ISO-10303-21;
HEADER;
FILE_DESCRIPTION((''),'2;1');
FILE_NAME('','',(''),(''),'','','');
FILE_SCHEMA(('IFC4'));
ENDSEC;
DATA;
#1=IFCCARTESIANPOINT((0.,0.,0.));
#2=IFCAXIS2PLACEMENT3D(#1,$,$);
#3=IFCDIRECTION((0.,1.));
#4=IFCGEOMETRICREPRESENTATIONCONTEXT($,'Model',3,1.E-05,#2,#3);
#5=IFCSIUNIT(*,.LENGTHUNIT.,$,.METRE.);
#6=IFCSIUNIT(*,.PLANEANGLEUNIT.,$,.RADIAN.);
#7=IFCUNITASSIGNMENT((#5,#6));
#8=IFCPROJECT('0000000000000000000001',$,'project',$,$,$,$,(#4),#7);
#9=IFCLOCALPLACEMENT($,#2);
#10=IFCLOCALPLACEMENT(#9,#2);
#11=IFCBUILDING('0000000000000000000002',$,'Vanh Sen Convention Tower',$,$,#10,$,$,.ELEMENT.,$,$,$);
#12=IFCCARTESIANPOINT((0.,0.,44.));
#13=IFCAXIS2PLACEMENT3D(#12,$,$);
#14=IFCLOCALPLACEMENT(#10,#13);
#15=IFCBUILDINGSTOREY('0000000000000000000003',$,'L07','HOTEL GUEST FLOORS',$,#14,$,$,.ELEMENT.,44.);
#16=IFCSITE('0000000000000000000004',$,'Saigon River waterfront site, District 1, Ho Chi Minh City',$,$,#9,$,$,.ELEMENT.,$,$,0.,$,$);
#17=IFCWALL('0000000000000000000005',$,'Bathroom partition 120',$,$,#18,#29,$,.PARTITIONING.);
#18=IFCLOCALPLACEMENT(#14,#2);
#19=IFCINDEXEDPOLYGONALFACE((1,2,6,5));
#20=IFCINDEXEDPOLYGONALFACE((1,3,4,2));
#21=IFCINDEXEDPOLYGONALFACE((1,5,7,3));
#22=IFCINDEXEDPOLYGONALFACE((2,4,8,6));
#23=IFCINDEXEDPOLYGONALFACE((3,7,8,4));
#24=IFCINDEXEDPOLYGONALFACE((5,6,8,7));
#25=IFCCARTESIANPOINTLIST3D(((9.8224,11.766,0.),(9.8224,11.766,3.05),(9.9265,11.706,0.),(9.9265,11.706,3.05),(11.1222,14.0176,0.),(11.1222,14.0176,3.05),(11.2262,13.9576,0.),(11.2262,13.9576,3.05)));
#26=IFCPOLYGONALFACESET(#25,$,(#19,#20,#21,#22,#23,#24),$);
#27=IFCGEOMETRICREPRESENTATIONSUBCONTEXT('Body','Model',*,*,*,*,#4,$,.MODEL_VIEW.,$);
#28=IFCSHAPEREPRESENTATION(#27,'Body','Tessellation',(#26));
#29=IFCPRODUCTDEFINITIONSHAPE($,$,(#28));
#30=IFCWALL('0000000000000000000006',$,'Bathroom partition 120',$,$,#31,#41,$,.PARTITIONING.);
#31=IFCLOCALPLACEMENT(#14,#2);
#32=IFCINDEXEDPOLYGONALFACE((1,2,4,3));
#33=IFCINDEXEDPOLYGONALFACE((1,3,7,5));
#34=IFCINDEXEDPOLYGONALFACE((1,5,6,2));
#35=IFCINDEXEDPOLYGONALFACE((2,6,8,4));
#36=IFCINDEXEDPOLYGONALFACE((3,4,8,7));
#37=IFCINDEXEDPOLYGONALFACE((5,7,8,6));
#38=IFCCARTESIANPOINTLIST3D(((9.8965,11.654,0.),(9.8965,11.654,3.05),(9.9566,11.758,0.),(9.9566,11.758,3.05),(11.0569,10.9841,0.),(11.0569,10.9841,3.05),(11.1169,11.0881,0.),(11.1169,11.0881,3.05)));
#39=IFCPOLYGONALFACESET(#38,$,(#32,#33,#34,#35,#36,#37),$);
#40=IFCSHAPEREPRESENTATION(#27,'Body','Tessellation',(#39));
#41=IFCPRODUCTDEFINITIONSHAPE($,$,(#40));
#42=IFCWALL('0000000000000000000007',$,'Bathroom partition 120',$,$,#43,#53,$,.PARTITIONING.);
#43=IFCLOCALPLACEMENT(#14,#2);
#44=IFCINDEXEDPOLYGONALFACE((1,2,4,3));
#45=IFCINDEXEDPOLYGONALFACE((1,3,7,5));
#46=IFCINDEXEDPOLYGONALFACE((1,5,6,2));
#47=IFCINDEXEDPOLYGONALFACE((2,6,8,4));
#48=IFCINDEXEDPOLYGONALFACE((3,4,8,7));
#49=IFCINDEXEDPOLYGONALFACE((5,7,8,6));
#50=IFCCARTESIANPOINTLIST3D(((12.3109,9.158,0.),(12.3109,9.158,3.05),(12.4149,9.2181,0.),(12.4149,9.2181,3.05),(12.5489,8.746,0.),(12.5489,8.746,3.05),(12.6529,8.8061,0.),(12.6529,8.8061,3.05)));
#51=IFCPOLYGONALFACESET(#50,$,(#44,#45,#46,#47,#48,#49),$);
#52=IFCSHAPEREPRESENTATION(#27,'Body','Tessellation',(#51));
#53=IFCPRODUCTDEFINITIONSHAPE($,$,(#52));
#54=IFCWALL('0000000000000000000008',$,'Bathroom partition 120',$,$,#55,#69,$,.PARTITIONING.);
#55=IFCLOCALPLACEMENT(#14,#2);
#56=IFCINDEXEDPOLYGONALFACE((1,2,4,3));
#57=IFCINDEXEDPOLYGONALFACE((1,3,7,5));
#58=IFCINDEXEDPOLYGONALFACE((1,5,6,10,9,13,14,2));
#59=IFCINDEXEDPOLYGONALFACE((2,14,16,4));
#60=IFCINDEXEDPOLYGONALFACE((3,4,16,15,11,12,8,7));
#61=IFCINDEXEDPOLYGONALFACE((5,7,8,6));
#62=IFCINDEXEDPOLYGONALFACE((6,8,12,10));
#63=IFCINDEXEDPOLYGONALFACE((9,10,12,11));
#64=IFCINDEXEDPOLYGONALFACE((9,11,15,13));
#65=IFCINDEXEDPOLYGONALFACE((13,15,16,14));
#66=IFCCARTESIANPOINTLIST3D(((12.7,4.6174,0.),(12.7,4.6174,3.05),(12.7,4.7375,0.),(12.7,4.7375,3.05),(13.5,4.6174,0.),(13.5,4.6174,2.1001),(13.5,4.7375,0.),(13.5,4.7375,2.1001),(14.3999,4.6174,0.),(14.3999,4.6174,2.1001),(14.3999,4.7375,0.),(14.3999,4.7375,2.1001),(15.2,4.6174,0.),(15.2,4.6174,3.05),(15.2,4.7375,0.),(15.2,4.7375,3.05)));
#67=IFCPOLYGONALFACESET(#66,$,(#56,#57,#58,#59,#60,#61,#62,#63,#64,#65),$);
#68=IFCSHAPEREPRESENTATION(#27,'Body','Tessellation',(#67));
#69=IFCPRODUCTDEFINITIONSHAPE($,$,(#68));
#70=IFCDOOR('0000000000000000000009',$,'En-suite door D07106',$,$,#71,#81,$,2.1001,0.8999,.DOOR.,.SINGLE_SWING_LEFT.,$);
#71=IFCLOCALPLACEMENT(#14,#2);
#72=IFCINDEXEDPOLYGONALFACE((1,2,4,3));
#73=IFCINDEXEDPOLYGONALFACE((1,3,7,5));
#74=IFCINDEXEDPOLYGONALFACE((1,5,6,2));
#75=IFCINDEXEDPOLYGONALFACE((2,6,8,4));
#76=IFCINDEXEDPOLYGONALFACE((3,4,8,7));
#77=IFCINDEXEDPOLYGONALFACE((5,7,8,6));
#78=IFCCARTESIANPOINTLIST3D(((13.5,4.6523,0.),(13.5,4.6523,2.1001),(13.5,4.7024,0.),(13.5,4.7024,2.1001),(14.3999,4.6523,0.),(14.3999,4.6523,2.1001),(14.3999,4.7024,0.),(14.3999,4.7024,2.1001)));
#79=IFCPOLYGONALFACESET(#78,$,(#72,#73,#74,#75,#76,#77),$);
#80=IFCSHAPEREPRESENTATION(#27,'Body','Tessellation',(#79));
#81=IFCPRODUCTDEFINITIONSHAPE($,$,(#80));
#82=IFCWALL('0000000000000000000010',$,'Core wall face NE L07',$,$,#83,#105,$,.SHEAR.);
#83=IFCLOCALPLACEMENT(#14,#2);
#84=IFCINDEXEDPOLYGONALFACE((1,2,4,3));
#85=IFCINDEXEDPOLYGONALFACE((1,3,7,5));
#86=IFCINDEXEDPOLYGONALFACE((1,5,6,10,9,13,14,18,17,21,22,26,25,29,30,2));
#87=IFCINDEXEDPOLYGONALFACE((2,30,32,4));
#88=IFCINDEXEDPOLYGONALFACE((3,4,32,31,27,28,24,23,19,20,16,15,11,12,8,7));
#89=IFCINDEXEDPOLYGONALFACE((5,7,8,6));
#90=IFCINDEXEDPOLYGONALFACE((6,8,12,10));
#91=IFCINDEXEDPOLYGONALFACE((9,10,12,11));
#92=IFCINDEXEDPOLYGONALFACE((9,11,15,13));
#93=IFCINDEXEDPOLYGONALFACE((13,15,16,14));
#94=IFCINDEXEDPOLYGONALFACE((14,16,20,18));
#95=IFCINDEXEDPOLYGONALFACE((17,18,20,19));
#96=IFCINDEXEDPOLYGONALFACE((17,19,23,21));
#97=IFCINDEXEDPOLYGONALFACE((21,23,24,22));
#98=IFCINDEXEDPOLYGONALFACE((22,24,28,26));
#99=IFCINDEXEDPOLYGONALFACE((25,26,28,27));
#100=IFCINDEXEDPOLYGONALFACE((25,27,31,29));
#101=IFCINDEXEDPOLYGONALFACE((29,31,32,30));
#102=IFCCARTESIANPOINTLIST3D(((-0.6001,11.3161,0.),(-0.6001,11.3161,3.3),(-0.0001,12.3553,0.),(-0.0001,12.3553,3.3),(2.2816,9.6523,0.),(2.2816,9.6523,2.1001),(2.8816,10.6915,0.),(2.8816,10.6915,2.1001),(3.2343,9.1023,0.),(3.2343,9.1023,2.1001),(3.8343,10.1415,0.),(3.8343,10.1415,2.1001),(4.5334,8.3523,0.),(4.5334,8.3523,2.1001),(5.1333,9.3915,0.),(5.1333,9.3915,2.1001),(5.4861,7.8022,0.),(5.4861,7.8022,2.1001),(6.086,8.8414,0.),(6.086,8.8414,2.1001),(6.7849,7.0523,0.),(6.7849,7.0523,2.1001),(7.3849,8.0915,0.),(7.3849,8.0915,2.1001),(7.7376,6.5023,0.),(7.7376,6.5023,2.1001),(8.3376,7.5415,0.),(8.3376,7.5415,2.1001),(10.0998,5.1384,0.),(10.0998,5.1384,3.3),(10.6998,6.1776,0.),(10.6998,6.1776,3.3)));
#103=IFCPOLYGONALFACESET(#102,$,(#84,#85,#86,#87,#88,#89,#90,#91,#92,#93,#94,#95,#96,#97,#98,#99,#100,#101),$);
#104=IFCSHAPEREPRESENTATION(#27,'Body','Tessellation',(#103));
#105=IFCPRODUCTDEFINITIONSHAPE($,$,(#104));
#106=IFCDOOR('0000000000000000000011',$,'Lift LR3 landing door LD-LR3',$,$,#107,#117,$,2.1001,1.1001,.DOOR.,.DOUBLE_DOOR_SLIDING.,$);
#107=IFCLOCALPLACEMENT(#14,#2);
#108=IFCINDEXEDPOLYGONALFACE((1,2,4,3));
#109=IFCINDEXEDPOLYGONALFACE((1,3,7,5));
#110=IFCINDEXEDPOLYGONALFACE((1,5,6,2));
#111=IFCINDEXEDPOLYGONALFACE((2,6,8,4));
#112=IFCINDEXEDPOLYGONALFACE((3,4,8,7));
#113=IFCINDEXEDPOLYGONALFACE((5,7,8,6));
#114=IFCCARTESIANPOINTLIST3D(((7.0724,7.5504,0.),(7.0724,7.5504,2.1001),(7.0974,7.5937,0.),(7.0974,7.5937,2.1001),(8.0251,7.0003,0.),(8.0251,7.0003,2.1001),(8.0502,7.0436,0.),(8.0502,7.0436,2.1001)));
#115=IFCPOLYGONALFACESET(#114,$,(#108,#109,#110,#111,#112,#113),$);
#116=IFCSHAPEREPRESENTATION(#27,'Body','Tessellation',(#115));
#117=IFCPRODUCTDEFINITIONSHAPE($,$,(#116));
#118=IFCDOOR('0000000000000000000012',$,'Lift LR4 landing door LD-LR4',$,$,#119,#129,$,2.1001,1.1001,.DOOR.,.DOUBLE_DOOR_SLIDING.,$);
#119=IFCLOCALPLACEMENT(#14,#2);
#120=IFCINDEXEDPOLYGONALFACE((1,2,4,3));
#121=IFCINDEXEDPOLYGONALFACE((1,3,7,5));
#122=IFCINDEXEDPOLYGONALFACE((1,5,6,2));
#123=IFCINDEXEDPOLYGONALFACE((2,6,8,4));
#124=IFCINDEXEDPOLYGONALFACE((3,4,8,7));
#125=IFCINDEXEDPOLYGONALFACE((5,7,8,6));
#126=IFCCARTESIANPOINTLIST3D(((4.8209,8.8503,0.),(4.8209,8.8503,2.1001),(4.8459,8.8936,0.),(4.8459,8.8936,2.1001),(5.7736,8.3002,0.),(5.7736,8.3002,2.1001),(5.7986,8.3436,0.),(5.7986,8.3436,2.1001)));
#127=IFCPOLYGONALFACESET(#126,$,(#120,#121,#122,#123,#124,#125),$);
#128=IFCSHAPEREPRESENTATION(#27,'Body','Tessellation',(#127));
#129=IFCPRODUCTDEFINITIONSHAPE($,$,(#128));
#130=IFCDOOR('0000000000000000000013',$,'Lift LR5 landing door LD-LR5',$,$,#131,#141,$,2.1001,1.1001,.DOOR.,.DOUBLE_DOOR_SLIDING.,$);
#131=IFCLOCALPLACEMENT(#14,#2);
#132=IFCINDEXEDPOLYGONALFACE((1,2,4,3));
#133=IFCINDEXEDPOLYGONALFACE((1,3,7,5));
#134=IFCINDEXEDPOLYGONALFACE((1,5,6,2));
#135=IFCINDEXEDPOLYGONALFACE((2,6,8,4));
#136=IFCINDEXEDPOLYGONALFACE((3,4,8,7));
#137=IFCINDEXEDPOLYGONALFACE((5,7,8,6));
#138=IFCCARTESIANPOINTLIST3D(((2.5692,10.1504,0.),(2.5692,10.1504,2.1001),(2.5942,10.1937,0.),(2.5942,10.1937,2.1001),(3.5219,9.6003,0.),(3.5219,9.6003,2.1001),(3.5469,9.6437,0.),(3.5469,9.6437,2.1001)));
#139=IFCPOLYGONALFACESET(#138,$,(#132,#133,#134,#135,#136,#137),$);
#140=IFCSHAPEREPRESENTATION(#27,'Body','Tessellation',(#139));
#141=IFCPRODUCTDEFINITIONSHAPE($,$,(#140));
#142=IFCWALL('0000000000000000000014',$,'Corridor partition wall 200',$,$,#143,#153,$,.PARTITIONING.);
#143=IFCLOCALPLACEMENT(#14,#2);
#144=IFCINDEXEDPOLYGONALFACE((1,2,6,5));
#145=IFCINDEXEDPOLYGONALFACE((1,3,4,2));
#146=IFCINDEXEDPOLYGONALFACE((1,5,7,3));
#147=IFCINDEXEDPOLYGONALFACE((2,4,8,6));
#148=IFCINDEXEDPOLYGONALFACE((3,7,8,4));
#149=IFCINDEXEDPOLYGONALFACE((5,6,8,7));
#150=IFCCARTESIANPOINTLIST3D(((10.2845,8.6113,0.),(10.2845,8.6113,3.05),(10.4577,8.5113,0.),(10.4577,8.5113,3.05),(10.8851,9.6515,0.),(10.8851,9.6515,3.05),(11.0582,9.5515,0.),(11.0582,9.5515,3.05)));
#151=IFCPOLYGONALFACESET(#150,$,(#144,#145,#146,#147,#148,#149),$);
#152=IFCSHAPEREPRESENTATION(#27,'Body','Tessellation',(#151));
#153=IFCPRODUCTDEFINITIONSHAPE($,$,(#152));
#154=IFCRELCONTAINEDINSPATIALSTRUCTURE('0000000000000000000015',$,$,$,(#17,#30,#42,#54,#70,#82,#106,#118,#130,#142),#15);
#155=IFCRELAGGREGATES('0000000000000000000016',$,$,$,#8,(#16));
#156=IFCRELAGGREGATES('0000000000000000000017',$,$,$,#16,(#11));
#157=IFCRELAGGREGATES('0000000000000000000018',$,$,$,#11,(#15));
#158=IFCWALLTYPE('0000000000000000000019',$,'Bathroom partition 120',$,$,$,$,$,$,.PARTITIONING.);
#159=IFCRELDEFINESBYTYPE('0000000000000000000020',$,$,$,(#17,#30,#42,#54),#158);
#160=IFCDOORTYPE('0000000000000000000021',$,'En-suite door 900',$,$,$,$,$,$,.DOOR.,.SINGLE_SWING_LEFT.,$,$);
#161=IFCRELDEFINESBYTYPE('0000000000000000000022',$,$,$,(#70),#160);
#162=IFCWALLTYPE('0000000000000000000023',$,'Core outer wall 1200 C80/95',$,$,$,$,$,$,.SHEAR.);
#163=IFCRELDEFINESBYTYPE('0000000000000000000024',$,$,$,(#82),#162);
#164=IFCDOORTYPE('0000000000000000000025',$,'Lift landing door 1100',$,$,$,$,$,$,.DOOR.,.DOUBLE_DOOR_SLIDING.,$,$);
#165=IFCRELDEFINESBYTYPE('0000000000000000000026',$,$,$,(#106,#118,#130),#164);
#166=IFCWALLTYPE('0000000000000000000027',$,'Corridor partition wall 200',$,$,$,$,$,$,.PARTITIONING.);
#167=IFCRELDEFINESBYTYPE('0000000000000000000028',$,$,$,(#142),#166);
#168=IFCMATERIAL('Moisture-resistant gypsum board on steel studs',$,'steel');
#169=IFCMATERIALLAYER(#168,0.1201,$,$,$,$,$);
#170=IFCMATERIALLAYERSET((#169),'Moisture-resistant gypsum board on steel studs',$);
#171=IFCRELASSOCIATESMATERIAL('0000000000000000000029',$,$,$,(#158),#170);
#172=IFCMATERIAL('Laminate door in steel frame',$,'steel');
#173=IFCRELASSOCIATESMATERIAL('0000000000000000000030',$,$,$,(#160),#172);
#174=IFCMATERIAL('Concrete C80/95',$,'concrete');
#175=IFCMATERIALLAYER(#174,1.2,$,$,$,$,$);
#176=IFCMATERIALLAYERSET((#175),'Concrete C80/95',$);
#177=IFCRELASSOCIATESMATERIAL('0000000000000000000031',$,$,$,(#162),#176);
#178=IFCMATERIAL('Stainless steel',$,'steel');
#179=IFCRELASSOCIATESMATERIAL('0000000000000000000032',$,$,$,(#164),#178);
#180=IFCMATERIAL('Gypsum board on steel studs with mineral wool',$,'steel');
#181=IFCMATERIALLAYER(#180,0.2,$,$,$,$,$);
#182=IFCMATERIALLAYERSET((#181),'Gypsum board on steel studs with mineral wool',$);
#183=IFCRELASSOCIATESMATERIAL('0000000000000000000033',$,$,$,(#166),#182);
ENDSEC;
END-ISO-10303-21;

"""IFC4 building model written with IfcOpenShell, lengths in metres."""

from ifc_helpers import new_model, si_unit, direction, frame, frame_2d, origin, place, context, subcontext, project, spatial, rectangle, extrude, material, layer, layer_set, type_object, element, fill, save


model = new_model("IFC4")

# Units and contexts
model_context = context("Model", 3, precision=1e-05, world=origin(), true_north=direction((0.0, 1.0)))
body_context = subcontext(model_context, "Body", "Model", "MODEL_VIEW")
ifc_project = project(units=[si_unit("LENGTHUNIT", "METRE"), si_unit("PLANEANGLEUNIT", "RADIAN")], contexts=[model_context])

# Site, building, storey
site_placement = place(None, origin())
site = spatial("IfcSite", under=ifc_project, at=site_placement, Name="Saigon River waterfront site, District 1, Ho Chi Minh City", CompositionType="ELEMENT", RefElevation=0.0)
building_placement = place(site_placement, origin())
building = spatial("IfcBuilding", under=site, at=building_placement, Name="Vanh Sen Convention Tower", CompositionType="ELEMENT")
storey_placement = place(building_placement, frame((0.0, 0.0, 44.0)))
storey = spatial("IfcBuildingStorey", under=building, at=storey_placement, Name="L07", Description="HOTEL GUEST FLOORS", CompositionType="ELEMENT", Elevation=44.0)

# Walls
ifc_material_1 = material(Name="Moisture-resistant gypsum board on steel studs", Category="steel")
ifc_layer_1 = layer(ifc_material_1, 0.1201)
ifc_layer_set_1 = layer_set([ifc_layer_1], Name="Moisture-resistant gypsum board on steel studs")
wall_type_1 = type_object("IfcWallType", Name="Bathroom partition 120", PredefinedType="PARTITIONING", material=ifc_layer_set_1)
wall_1_placement = place(storey_placement, frame((9.8745, 11.7361, 0.0), z_axis=(0.0, 0.0, 1.0), x_axis=(0.499937, 0.866062, 0.0)))
element("IfcWall", 1, at=wall_1_placement, inside=storey, type_object=wall_type_1, Name="Bathroom partition 120", PredefinedType="PARTITIONING", context=body_context, shape_type="SweptSolid", body=[
    extrude(rectangle(XDim=2.5999, YDim=0.1201, at=frame_2d((1.2998, 0.0))), origin(), (0.0, 0.0, 1.0), 3.05),
])
wall_2_placement = place(storey_placement, frame((11.0869, 11.0361, 0.0), z_axis=(0.0, 0.0, 1.0), x_axis=(-0.866037, 0.49998, 0.0)))
element("IfcWall", 2, at=wall_2_placement, inside=storey, type_object=wall_type_1, Name="Bathroom partition 120", PredefinedType="PARTITIONING", context=body_context, shape_type="SweptSolid", body=[
    extrude(rectangle(XDim=1.3398, YDim=0.1201, at=frame_2d((0.6699, 0.0))), origin(), (0.0, 0.0, 1.0), 3.05),
])
wall_3_placement = place(storey_placement, frame((12.6008, 8.7761, 0.0), z_axis=(0.0, 0.0, 1.0), x_axis=(-0.500166, 0.865929, 0.0)))
element("IfcWall", 3, at=wall_3_placement, inside=storey, type_object=wall_type_1, Name="Bathroom partition 120", PredefinedType="PARTITIONING", context=body_context, shape_type="SweptSolid", body=[
    extrude(rectangle(XDim=0.4758, YDim=0.1201, at=frame_2d((0.2378, 0.0))), origin(), (0.0, 0.0, 1.0), 3.05),
])

# Wall, opening, door
wall_4_placement = place(storey_placement, frame((12.7, 4.6775, 0.0), z_axis=(0.0, 0.0, 1.0), x_axis=(1.0, 0.0, 0.0)))
wall_4 = element("IfcWall", 4, at=wall_4_placement, inside=storey, type_object=wall_type_1, Name="Bathroom partition 120", PredefinedType="PARTITIONING", context=body_context, shape_type="SweptSolid", body=[
    extrude(rectangle(XDim=2.5, YDim=0.1201, at=frame_2d((1.25, 0.0))), origin(), (0.0, 0.0, 1.0), 3.05),
])
opening_1_placement = place(wall_4_placement, frame((0.8, 0.0, 0.0)))
opening_1 = element("IfcOpeningElement", 5, at=opening_1_placement, cuts=wall_4, PredefinedType="OPENING", context=body_context, shape_type="SweptSolid", body=[
    extrude(rectangle(XDim=0.8999, YDim=2.1001, at=frame_2d((0.45, 1.05))), frame((0.0, 0.0701, 0.0), z_axis=(0.0, -1.0, 0.0), x_axis=(1.0, 0.0, 0.0)), (0.0, 0.0, 1.0), 0.1401),
])
ifc_material_2 = material(Name="Laminate door in steel frame", Category="steel")
door_type_1 = type_object("IfcDoorType", Name="En-suite door 900", OperationType="SINGLE_SWING_LEFT", PredefinedType="DOOR", material=ifc_material_2)
door_1_placement = place(opening_1_placement, origin())
door_1 = element("IfcDoor", 6, at=door_1_placement, inside=storey, type_object=door_type_1, Name="En-suite door D07106", OperationType="SINGLE_SWING_LEFT", OverallHeight=2.1001, OverallWidth=0.8999, PredefinedType="DOOR", context=body_context, shape_type="SweptSolid", body=[
    extrude(rectangle(XDim=0.8999, YDim=2.1001, at=frame_2d((0.45, 1.05))), frame((0.0, 0.0249, 0.0), z_axis=(0.0, -1.0, 0.0), x_axis=(1.0, 0.0, 0.0)), (0.0, 0.0, 1.0), 0.05),
])
fill(opening_1, door_1)

# Wall, openings, doors
ifc_material_3 = material(Name="Concrete C80/95", Category="concrete")
ifc_layer_2 = layer(ifc_material_3, 1.2)
ifc_layer_set_2 = layer_set([ifc_layer_2], Name="Concrete C80/95")
wall_type_2 = type_object("IfcWallType", Name="Core outer wall 1200 C80/95", PredefinedType="SHEAR", material=ifc_layer_set_2)
wall_5_placement = place(storey_placement, frame((10.3999, 5.658, 0.0), z_axis=(0.0, 0.0, 1.0), x_axis=(-0.866021, 0.500007, 0.0)))
wall_5 = element("IfcWall", 7, at=wall_5_placement, inside=storey, type_object=wall_type_2, Name="Core wall face NE L07", PredefinedType="SHEAR", context=body_context, shape_type="SweptSolid", body=[
    extrude(rectangle(XDim=12.3552, YDim=1.2, at=frame_2d((6.1777, 0.0))), origin(), (0.0, 0.0, 1.0), 3.3),
])
opening_2_placement = place(wall_5_placement, frame((2.7278, 0.0, 0.0)))
opening_2 = element("IfcOpeningElement", 8, at=opening_2_placement, cuts=wall_5, PredefinedType="OPENING", context=body_context, shape_type="SweptSolid", body=[
    extrude(rectangle(XDim=1.1001, YDim=2.1001, at=frame_2d((0.55, 1.05))), frame((0.0, 0.6099, 0.0), z_axis=(0.0, -1.0, 0.0), x_axis=(1.0, 0.0, 0.0)), (0.0, 0.0, 1.0), 1.22),
])
opening_3_placement = place(wall_5_placement, frame((5.3276, 0.0, 0.0)))
opening_3 = element("IfcOpeningElement", 9, at=opening_3_placement, cuts=wall_5, PredefinedType="OPENING", context=body_context, shape_type="SweptSolid", body=[
    extrude(rectangle(XDim=1.1001, YDim=2.1001, at=frame_2d((0.55, 1.05))), frame((0.0, 0.6099, 0.0), z_axis=(0.0, -1.0, 0.0), x_axis=(1.0, 0.0, 0.0)), (0.0, 0.0, 1.0), 1.22),
])
opening_4_placement = place(wall_5_placement, frame((7.9277, 0.0, 0.0)))
opening_4 = element("IfcOpeningElement", 10, at=opening_4_placement, cuts=wall_5, PredefinedType="OPENING", context=body_context, shape_type="SweptSolid", body=[
    extrude(rectangle(XDim=1.1001, YDim=2.1001, at=frame_2d((0.55, 1.05))), frame((0.0, 0.6099, 0.0), z_axis=(0.0, -1.0, 0.0), x_axis=(1.0, 0.0, 0.0)), (0.0, 0.0, 1.0), 1.22),
])
ifc_material_4 = material(Name="Stainless steel", Category="steel")
door_type_2 = type_object("IfcDoorType", Name="Lift landing door 1100", OperationType="DOUBLE_DOOR_SLIDING", PredefinedType="DOOR", material=ifc_material_4)
door_2_placement = place(opening_2_placement, origin())
door_2 = element("IfcDoor", 11, at=door_2_placement, inside=storey, type_object=door_type_2, Name="Lift LR3 landing door LD-LR3", OperationType="DOUBLE_DOOR_SLIDING", OverallHeight=2.1001, OverallWidth=1.1001, PredefinedType="DOOR", context=body_context, shape_type="SweptSolid", body=[
    extrude(rectangle(XDim=1.1001, YDim=2.1001, at=frame_2d((0.55, 1.05))), frame((0.0, 0.0249, 0.0), z_axis=(0.0, -1.0, 0.0), x_axis=(1.0, 0.0, 0.0)), (0.0, 0.0, 1.0), 0.05),
])
fill(opening_2, door_2)
door_3_placement = place(opening_3_placement, origin())
door_3 = element("IfcDoor", 12, at=door_3_placement, inside=storey, type_object=door_type_2, Name="Lift LR4 landing door LD-LR4", OperationType="DOUBLE_DOOR_SLIDING", OverallHeight=2.1001, OverallWidth=1.1001, PredefinedType="DOOR", context=body_context, shape_type="SweptSolid", body=[
    extrude(rectangle(XDim=1.1001, YDim=2.1001, at=frame_2d((0.55, 1.05))), frame((0.0, 0.0249, 0.0), z_axis=(0.0, -1.0, 0.0), x_axis=(1.0, 0.0, 0.0)), (0.0, 0.0, 1.0), 0.05),
])
fill(opening_3, door_3)
door_4_placement = place(opening_4_placement, origin())
door_4 = element("IfcDoor", 13, at=door_4_placement, inside=storey, type_object=door_type_2, Name="Lift LR5 landing door LD-LR5", OperationType="DOUBLE_DOOR_SLIDING", OverallHeight=2.1001, OverallWidth=1.1001, PredefinedType="DOOR", context=body_context, shape_type="SweptSolid", body=[
    extrude(rectangle(XDim=1.1001, YDim=2.1001, at=frame_2d((0.55, 1.05))), frame((0.0, 0.0249, 0.0), z_axis=(0.0, -1.0, 0.0), x_axis=(1.0, 0.0, 0.0)), (0.0, 0.0, 1.0), 0.05),
])
fill(opening_4, door_4)

# Wall
ifc_material_5 = material(Name="Gypsum board on steel studs with mineral wool", Category="steel")
ifc_layer_3 = layer(ifc_material_5, 0.2)
ifc_layer_set_3 = layer_set([ifc_layer_3], Name="Gypsum board on steel studs with mineral wool")
wall_type_3 = type_object("IfcWallType", Name="Corridor partition wall 200", PredefinedType="PARTITIONING", material=ifc_layer_set_3)
wall_6_placement = place(storey_placement, frame((10.3711, 8.5613, 0.0), z_axis=(0.0, 0.0, 1.0), x_axis=(0.499986, 0.866033, 0.0)))
element("IfcWall", 14, at=wall_6_placement, inside=storey, type_object=wall_type_3, Name="Corridor partition wall 200", PredefinedType="PARTITIONING", context=body_context, shape_type="SweptSolid", body=[
    extrude(rectangle(XDim=1.2012, YDim=0.2, at=frame_2d((0.6006, 0.0))), origin(), (0.0, 0.0, 1.0), 3.05),
])

save(model, "model.ifc")
